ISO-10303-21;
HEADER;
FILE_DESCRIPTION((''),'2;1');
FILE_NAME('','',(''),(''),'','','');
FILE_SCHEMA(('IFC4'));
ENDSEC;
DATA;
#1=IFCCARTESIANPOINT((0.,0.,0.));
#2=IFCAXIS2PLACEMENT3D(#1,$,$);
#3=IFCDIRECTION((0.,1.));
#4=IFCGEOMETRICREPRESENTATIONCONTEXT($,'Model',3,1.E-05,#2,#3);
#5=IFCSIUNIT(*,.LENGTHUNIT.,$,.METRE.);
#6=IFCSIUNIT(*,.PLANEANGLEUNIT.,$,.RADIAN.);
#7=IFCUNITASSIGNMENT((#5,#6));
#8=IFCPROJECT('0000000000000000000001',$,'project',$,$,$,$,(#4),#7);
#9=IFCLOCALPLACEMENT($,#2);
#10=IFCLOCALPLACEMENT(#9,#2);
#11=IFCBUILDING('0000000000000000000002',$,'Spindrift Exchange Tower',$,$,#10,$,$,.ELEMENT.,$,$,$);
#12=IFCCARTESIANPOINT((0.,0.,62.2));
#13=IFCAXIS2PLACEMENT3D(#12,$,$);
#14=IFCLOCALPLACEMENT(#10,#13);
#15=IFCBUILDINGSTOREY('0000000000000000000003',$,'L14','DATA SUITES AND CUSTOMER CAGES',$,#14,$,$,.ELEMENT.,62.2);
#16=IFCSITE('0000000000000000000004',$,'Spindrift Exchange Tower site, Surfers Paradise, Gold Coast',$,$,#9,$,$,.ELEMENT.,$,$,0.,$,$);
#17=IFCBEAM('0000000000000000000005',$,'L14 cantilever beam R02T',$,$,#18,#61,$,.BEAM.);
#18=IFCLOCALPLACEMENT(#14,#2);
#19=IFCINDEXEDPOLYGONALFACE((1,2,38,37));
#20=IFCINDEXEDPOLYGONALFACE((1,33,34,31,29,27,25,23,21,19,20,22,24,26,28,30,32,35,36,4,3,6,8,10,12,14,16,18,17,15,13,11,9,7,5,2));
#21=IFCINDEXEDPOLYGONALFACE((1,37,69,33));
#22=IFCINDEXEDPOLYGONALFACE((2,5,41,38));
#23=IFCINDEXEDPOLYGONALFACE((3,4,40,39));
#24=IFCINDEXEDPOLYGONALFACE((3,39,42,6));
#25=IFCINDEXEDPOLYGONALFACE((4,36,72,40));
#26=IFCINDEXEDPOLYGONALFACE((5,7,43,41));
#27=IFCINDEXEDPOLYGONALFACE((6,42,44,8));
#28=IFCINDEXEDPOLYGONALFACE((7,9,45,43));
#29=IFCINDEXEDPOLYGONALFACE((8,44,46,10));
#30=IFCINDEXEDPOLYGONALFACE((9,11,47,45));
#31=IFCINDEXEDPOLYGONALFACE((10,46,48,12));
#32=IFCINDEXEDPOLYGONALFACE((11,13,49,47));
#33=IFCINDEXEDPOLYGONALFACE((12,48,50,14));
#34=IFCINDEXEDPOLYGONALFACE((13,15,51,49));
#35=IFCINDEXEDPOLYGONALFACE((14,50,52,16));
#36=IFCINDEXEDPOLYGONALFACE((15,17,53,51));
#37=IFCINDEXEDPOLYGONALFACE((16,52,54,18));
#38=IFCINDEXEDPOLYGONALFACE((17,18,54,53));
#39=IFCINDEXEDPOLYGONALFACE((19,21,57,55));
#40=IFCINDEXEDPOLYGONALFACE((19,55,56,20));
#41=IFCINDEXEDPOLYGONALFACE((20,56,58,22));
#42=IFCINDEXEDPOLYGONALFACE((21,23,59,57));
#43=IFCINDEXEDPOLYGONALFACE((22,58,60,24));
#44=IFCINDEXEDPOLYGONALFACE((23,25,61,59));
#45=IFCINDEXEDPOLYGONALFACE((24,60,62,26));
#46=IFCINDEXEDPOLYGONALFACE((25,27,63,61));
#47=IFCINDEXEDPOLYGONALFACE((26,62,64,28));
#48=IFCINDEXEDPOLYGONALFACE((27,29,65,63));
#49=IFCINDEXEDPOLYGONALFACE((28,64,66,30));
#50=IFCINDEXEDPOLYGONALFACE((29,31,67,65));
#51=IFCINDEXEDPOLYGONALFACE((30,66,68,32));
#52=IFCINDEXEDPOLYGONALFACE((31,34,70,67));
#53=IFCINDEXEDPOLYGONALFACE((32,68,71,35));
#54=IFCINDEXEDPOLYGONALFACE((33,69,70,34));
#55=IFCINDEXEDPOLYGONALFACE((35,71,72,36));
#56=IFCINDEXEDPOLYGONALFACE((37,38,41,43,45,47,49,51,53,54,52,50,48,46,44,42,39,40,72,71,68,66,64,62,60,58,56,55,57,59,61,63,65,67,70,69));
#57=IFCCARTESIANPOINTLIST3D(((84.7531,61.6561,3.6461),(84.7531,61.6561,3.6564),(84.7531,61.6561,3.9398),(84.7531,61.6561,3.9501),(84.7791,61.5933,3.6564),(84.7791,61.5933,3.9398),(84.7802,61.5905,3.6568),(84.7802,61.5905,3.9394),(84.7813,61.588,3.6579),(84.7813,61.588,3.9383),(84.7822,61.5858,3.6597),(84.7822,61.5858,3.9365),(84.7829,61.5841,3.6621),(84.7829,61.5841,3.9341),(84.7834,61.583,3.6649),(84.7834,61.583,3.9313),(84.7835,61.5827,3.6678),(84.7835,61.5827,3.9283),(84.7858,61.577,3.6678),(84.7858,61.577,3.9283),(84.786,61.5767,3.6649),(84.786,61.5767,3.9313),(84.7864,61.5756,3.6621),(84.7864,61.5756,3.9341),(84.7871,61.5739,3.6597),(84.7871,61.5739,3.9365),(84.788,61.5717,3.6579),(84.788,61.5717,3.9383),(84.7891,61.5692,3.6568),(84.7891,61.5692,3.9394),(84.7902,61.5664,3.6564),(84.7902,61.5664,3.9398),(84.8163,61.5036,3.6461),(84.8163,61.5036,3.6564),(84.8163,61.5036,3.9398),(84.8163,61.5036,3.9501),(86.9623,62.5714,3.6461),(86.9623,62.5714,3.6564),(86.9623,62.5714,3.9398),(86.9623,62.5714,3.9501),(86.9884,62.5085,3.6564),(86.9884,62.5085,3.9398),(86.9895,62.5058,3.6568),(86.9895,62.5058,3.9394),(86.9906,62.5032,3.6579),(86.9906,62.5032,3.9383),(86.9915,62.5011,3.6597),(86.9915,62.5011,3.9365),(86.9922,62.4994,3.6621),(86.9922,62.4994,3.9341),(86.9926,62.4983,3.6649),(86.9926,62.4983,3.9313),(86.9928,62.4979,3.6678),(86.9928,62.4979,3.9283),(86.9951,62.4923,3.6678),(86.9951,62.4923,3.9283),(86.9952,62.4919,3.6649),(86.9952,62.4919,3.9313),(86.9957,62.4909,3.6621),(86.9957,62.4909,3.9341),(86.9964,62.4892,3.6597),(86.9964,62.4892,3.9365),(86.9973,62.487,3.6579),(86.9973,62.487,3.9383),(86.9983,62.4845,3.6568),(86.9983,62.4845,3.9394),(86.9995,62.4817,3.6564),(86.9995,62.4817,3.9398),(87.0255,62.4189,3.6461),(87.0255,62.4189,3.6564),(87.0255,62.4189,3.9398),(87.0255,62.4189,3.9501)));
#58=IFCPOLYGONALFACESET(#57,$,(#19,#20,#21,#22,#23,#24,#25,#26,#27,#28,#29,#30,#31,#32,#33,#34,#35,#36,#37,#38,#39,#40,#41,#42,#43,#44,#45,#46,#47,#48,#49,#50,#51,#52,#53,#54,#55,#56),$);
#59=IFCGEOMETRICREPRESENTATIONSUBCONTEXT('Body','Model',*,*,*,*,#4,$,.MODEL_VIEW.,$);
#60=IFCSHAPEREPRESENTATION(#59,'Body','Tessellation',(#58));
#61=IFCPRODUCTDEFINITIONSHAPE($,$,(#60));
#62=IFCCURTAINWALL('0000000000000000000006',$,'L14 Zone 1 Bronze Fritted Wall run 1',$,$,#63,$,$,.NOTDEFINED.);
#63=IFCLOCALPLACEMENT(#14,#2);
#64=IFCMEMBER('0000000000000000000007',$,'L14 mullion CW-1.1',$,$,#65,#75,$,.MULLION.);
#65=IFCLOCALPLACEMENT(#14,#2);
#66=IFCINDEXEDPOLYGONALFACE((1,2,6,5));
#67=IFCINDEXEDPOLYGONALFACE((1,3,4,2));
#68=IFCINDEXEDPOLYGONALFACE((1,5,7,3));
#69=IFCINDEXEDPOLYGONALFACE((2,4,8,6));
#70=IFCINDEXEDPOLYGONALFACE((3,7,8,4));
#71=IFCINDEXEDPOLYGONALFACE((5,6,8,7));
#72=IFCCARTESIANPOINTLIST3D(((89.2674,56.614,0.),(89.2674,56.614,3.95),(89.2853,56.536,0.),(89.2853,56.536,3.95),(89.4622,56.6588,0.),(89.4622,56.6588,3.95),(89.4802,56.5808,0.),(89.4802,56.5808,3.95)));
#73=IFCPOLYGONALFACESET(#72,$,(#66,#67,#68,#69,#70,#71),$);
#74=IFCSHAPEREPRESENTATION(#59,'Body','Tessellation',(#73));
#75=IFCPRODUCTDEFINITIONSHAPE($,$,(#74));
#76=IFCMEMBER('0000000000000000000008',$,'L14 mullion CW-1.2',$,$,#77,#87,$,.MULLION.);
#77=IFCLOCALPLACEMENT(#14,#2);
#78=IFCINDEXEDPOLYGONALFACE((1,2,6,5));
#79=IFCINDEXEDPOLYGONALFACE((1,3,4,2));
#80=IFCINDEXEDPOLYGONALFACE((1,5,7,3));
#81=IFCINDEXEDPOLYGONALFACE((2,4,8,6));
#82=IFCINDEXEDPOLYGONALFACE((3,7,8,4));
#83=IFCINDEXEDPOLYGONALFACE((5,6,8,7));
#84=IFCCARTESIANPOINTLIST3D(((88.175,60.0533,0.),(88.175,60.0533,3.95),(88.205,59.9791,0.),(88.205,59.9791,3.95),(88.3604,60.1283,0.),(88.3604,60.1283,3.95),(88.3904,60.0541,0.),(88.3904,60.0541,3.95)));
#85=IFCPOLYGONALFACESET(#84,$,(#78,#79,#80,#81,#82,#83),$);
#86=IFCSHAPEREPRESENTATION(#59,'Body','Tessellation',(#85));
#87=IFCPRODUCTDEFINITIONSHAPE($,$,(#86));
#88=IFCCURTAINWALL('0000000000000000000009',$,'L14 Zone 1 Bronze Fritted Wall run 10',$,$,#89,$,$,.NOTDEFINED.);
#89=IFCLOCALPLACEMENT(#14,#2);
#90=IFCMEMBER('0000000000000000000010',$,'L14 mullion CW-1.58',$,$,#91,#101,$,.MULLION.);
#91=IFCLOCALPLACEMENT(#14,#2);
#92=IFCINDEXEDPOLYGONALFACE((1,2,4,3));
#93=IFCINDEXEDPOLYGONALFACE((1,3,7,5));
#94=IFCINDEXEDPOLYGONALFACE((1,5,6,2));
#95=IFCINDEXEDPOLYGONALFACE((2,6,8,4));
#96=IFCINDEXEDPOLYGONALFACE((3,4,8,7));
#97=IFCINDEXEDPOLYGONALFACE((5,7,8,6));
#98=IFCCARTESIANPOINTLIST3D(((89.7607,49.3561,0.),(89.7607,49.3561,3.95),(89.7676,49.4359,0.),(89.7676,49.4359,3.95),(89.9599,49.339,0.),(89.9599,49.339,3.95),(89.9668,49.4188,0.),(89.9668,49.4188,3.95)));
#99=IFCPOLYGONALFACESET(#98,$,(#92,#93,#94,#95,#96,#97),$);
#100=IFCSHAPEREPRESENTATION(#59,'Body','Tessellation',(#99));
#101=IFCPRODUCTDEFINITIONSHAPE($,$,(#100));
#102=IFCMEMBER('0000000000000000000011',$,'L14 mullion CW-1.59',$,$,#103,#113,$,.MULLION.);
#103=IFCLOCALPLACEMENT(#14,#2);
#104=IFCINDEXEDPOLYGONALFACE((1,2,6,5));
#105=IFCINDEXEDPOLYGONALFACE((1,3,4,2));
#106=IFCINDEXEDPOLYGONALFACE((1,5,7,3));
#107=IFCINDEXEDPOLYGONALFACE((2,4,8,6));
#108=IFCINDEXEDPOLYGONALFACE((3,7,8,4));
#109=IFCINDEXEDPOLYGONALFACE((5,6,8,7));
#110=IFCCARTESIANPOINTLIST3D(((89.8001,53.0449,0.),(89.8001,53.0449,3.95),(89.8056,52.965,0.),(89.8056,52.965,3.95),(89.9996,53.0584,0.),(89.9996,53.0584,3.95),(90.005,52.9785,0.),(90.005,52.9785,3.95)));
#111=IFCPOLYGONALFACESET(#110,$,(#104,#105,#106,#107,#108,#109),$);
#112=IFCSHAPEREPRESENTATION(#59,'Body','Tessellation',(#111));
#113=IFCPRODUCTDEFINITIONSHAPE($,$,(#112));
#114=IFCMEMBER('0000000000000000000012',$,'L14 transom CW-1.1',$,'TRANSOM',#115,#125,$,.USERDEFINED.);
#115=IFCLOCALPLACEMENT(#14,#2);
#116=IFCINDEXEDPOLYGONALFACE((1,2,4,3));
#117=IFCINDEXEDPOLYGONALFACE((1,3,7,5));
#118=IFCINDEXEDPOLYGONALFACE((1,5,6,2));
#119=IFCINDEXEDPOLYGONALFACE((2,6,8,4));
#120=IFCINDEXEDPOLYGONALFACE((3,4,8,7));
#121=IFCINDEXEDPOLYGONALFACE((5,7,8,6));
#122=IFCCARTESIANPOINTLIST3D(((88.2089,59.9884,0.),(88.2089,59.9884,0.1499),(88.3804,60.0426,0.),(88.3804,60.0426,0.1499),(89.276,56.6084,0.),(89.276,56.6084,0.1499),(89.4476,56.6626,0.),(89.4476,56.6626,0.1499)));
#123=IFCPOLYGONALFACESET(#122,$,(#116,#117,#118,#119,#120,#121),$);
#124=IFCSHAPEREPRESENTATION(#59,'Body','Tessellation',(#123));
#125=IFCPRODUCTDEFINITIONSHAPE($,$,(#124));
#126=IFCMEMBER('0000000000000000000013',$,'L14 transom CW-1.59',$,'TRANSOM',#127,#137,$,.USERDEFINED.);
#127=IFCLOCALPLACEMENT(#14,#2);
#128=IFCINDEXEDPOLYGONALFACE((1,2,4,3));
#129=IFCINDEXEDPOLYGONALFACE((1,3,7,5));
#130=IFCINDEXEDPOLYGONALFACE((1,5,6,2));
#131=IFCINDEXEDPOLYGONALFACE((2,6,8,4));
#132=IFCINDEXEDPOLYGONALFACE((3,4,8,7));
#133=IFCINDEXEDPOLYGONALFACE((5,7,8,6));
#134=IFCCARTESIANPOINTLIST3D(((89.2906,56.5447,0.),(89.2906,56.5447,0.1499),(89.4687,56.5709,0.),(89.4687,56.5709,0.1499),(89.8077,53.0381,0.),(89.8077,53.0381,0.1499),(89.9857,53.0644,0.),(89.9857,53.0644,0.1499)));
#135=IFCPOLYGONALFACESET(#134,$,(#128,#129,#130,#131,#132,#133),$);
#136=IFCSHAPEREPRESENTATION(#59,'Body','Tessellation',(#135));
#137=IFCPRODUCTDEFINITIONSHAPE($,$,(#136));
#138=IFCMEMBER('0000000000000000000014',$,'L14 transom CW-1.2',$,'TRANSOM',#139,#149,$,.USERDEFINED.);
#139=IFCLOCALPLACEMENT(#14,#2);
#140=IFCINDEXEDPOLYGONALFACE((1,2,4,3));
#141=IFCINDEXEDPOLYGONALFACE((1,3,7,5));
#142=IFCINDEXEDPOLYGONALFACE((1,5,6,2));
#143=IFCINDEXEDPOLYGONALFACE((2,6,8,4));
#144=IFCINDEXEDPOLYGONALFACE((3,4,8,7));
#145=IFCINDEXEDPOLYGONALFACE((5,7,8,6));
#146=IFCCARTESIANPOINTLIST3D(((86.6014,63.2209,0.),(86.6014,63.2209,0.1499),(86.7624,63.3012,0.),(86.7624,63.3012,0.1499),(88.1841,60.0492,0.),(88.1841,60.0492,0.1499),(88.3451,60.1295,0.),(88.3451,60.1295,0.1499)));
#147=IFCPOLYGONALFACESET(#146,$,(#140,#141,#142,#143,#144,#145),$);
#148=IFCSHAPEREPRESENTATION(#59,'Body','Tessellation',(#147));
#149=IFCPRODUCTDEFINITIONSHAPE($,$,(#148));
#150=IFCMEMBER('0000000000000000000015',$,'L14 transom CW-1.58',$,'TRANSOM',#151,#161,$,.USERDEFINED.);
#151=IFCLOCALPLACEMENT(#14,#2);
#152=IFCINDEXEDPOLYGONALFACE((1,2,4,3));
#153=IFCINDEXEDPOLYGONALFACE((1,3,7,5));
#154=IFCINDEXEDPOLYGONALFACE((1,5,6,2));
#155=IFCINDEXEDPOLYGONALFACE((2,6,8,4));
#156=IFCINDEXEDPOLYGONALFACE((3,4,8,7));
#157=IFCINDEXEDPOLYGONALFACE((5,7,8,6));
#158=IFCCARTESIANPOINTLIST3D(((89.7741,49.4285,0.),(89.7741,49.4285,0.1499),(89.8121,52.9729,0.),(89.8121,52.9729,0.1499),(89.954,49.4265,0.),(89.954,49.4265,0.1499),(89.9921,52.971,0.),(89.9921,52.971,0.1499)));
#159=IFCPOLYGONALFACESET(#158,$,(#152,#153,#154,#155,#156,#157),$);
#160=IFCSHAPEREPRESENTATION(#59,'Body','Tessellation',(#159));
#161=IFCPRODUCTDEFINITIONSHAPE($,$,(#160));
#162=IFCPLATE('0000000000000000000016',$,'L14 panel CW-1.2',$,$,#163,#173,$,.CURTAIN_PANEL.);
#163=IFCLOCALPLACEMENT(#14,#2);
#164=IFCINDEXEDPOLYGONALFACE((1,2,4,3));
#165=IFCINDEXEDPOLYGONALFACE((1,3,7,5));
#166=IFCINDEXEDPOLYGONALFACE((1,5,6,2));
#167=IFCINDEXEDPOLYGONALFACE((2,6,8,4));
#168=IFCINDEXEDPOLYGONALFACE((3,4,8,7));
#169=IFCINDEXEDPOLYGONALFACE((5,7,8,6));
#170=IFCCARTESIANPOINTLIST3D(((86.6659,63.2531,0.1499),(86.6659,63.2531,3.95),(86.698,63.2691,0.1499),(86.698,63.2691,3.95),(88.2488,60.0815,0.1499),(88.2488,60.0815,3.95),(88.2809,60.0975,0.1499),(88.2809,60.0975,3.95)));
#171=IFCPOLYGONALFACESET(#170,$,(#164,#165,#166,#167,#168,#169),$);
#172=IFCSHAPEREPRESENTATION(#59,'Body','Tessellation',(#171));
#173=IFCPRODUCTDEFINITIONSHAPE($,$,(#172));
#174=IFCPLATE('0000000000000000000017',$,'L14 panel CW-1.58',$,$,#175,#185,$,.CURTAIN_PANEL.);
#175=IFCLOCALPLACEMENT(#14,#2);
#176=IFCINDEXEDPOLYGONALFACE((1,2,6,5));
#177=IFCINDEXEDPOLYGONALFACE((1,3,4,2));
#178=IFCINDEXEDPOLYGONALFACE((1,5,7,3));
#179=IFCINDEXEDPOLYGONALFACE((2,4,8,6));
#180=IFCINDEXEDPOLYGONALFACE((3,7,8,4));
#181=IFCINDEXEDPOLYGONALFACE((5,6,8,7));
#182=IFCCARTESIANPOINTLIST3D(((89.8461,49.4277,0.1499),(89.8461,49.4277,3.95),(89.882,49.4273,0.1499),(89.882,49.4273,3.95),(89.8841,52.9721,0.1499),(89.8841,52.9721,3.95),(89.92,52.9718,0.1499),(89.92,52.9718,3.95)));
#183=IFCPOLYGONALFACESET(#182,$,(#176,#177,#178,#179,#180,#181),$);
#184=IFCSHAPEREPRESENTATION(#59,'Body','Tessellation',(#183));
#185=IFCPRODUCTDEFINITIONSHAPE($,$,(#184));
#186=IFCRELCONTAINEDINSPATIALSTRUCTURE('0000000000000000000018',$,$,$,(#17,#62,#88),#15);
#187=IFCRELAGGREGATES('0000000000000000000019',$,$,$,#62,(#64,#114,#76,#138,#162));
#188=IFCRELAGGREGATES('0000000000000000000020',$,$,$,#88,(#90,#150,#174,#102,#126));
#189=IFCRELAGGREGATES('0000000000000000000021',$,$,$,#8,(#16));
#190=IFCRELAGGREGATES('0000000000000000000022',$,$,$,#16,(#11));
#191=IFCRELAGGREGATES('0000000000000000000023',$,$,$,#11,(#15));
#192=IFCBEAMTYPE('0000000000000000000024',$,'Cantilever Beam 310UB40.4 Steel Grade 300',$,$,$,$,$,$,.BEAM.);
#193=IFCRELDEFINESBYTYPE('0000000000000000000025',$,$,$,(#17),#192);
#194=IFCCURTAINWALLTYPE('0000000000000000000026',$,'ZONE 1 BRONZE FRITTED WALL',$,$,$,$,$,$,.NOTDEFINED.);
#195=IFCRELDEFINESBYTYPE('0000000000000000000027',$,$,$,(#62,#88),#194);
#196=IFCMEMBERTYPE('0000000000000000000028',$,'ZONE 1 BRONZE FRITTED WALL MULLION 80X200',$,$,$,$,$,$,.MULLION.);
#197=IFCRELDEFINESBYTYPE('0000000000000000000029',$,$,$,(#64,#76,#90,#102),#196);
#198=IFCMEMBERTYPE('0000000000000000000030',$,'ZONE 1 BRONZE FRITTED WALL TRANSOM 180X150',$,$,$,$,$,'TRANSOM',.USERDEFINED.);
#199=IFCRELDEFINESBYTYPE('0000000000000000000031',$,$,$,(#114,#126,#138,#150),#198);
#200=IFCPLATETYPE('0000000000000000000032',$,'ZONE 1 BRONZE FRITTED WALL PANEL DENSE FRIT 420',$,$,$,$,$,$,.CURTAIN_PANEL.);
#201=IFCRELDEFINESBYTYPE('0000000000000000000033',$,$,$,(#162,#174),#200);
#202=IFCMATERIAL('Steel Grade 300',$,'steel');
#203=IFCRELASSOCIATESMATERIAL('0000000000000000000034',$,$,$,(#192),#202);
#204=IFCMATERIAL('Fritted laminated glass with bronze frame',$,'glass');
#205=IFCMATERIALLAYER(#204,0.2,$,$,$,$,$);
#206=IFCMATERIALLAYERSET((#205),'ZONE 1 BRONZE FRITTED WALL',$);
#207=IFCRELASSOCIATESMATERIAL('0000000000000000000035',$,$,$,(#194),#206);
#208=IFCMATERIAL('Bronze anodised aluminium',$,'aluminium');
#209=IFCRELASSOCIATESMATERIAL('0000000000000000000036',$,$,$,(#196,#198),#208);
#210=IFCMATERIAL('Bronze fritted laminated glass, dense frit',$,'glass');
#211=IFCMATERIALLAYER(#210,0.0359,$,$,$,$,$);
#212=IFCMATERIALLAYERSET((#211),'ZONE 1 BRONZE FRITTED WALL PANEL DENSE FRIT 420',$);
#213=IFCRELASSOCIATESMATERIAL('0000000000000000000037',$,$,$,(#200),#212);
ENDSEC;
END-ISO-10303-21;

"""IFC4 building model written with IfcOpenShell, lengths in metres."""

from ifc_helpers import new_model, si_unit, direction, frame, origin, origin_2d, place, context, subcontext, project, spatial, rectangle, i_section, extrude, source, transform, mapped, material, layer, layer_set, material_profile, profile_set, type_object, element, aggregate, save


model = new_model("IFC4")

# Units and contexts
model_context = context("Model", 3, precision=1e-05, world=origin(), true_north=direction((0.0, 1.0)))
body_context = subcontext(model_context, "Body", "Model", "MODEL_VIEW")
ifc_project = project(units=[si_unit("LENGTHUNIT", "METRE"), si_unit("PLANEANGLEUNIT", "RADIAN")], contexts=[model_context])

# Site, building, storey
site_placement = place(None, origin())
site = spatial("IfcSite", under=ifc_project, at=site_placement, Name="Spindrift Exchange Tower site, Surfers Paradise, Gold Coast", CompositionType="ELEMENT", RefElevation=0.0)
building_placement = place(site_placement, origin())
building = spatial("IfcBuilding", under=site, at=building_placement, Name="Spindrift Exchange Tower", CompositionType="ELEMENT")
storey_placement = place(building_placement, frame((0.0, 0.0, 62.2)))
storey = spatial("IfcBuildingStorey", under=building, at=storey_placement, Name="L14", Description="DATA SUITES AND CUSTOMER CAGES", CompositionType="ELEMENT", Elevation=62.2)

# Beam
ifc_material_1 = material(Name="Steel Grade 300", Category="steel")
ifc_material_profile_1 = material_profile(ifc_material_1, i_section(OverallWidth=0.165, OverallDepth=0.304, WebThickness=0.0061, FlangeThickness=0.0103, FilletRadius=0.0115, at=origin_2d()), Name="310UB40.4")
ifc_profile_set_1 = profile_set([ifc_material_profile_1], Name="Steel Grade 300")
beam_type_1 = type_object("IfcBeamType", Name="Cantilever Beam 310UB40.4 Steel Grade 300", PredefinedType="BEAM", material=ifc_profile_set_1)
shared_shape_1 = source(origin(), body_context, "Body", "SweptSolid", [
    extrude(i_section(OverallWidth=0.165, OverallDepth=0.304, WebThickness=0.0061, FlangeThickness=0.0103, FilletRadius=0.0115, at=origin_2d()), origin(), (0.0, 0.0, 1.0), 2.3914),
])
beam_1_placement = place(storey_placement, frame((84.7847, 61.5798, 3.7981), z_axis=(0.923851, 0.382752, 0.0), x_axis=(-0.382752, 0.923851, 0.0)))
element("IfcBeam", 1, at=beam_1_placement, inside=storey, type_object=beam_type_1, Name="L14 cantilever beam R02T", PredefinedType="BEAM", context=body_context, shape_type="MappedRepresentation", body=[
    mapped(shared_shape_1, transform((0.0, 0.0, 0.0), scale=1.0)),
])

# Curtain walls, members
ifc_material_2 = material(Name="Fritted laminated glass with bronze frame", Category="glass")
ifc_layer_1 = layer(ifc_material_2, 0.2)
ifc_layer_set_1 = layer_set([ifc_layer_1], Name="ZONE 1 BRONZE FRITTED WALL")
curtain_wall_type = type_object("IfcCurtainWallType", Name="ZONE 1 BRONZE FRITTED WALL", PredefinedType="NOTDEFINED", material=ifc_layer_set_1)
curtain_wall_1_placement = place(storey_placement, origin())
curtain_wall_1 = element("IfcCurtainWall", 2, at=curtain_wall_1_placement, inside=storey, type_object=curtain_wall_type, Name="L14 Zone 1 Bronze Fritted Wall run 1", PredefinedType="NOTDEFINED")
ifc_material_3 = material(Name="Bronze anodised aluminium", Category="aluminium")
ifc_material_profile_2 = material_profile(ifc_material_3, rectangle(XDim=0.0801, YDim=0.2, at=origin_2d()), Name="ZONE 1 BRONZE FRITTED WALL MULLION 80X200")
ifc_profile_set_2 = profile_set([ifc_material_profile_2], Name="Bronze anodised aluminium")
member_type_1 = type_object("IfcMemberType", Name="ZONE 1 BRONZE FRITTED WALL MULLION 80X200", PredefinedType="MULLION", material=ifc_profile_set_2)
shared_shape_2 = source(origin(), body_context, "Body", "SweptSolid", [
    extrude(rectangle(XDim=0.0801, YDim=0.2, at=origin_2d()), origin(), (0.0, 0.0, 1.0), 3.95),
])
member_1_placement = place(storey_placement, frame((89.3738, 56.5974, 0.0), z_axis=(0.0, 0.0, 1.0), x_axis=(-0.224185, 0.974547, 0.0)))
member_1 = element("IfcMember", 3, at=member_1_placement, type_object=member_type_1, Name="L14 mullion CW-1.1", PredefinedType="MULLION", context=body_context, shape_type="MappedRepresentation", body=[
    mapped(shared_shape_2, transform((0.0, 0.0, 0.0), scale=1.0)),
])
member_2_placement = place(storey_placement, frame((88.2827, 60.0537, 0.0), z_axis=(0.0, 0.0, 1.0), x_axis=(-0.374986, 0.92703, 0.0)))
member_2 = element("IfcMember", 4, at=member_2_placement, type_object=member_type_1, Name="L14 mullion CW-1.2", PredefinedType="MULLION", context=body_context, shape_type="MappedRepresentation", body=[
    mapped(shared_shape_2, transform((0.0, 0.0, 0.0), scale=1.0)),
])
curtain_wall_2_placement = place(storey_placement, origin())
curtain_wall_2 = element("IfcCurtainWall", 5, at=curtain_wall_2_placement, inside=storey, type_object=curtain_wall_type, Name="L14 Zone 1 Bronze Fritted Wall run 10", PredefinedType="NOTDEFINED")
member_3_placement = place(storey_placement, frame((89.8638, 49.3875, 0.0), z_axis=(0.0, 0.0, 1.0), x_axis=(0.085814, 0.996311, 0.0)))
member_3 = element("IfcMember", 6, at=member_3_placement, type_object=member_type_1, Name="L14 mullion CW-1.58", PredefinedType="MULLION", context=body_context, shape_type="MappedRepresentation", body=[
    mapped(shared_shape_2, transform((0.0, 0.0, 0.0), scale=1.0)),
])
member_4_placement = place(storey_placement, frame((89.9026, 53.0117, 0.0), z_axis=(0.0, 0.0, 1.0), x_axis=(-0.06778, 0.9977, 0.0)))
member_4 = element("IfcMember", 7, at=member_4_placement, type_object=member_type_1, Name="L14 mullion CW-1.59", PredefinedType="MULLION", context=body_context, shape_type="MappedRepresentation", body=[
    mapped(shared_shape_2, transform((0.0, 0.0, 0.0), scale=1.0)),
])

# Members
ifc_material_profile_3 = material_profile(ifc_material_3, rectangle(XDim=0.1799, YDim=0.1499, at=origin_2d()), Name="ZONE 1 BRONZE FRITTED WALL TRANSOM 180X150")
ifc_profile_set_3 = profile_set([ifc_material_profile_3], Name="Bronze anodised aluminium")
member_type_2 = type_object("IfcMemberType", Name="ZONE 1 BRONZE FRITTED WALL TRANSOM 180X150", ElementType="TRANSOM", PredefinedType="USERDEFINED", material=ifc_profile_set_3)
shared_shape_3 = source(origin(), body_context, "Body", "SweptSolid", [
    extrude(rectangle(XDim=0.1799, YDim=0.1499, at=origin_2d()), origin(), (0.0, 0.0, 1.0), 3.5444),
])
member_5_placement = place(storey_placement, frame((89.3618, 56.6355, 0.075), z_axis=(-0.301082, 0.953598, 0.0), x_axis=(-0.953598, -0.301082, 0.0)))
member_5 = element("IfcMember", 8, at=member_5_placement, type_object=member_type_2, Name="L14 transom CW-1.1", ObjectType="TRANSOM", PredefinedType="USERDEFINED", context=body_context, shape_type="MappedRepresentation", body=[
    mapped(shared_shape_3, transform((0.0, 0.0, 0.0), scale=1.0)),
])
member_6_placement = place(storey_placement, frame((89.8967, 53.0513, 0.075), z_axis=(-0.145885, 0.989302, 0.0), x_axis=(-0.989302, -0.145885, 0.0)))
member_6 = element("IfcMember", 9, at=member_6_placement, type_object=member_type_2, Name="L14 transom CW-1.59", ObjectType="TRANSOM", PredefinedType="USERDEFINED", context=body_context, shape_type="MappedRepresentation", body=[
    mapped(shared_shape_3, transform((0.0, 0.0, 0.0), scale=1.0)),
])
shared_shape_4 = source(origin(), body_context, "Body", "SweptSolid", [
    extrude(rectangle(XDim=0.1799, YDim=0.1499, at=origin_2d()), origin(), (0.0, 0.0, 1.0), 3.5447),
])
member_7_placement = place(storey_placement, frame((88.2646, 60.0894, 0.075), z_axis=(-0.446525, 0.894771, 0.0), x_axis=(-0.894771, -0.446525, 0.0)))
member_7 = element("IfcMember", 10, at=member_7_placement, type_object=member_type_2, Name="L14 transom CW-1.2", ObjectType="TRANSOM", PredefinedType="USERDEFINED", context=body_context, shape_type="MappedRepresentation", body=[
    mapped(shared_shape_4, transform((0.0, 0.0, 0.0), scale=1.0)),
])
member_8_placement = place(storey_placement, frame((89.864, 49.4275, 0.075), z_axis=(0.010745, 0.999942, 0.0), x_axis=(-0.999942, 0.010745, 0.0)))
member_8 = element("IfcMember", 11, at=member_8_placement, type_object=member_type_2, Name="L14 transom CW-1.58", ObjectType="TRANSOM", PredefinedType="USERDEFINED", context=body_context, shape_type="MappedRepresentation", body=[
    mapped(shared_shape_4, transform((0.0, 0.0, 0.0), scale=1.0)),
])

# Plates
ifc_material_4 = material(Name="Bronze fritted laminated glass, dense frit", Category="glass")
ifc_layer_2 = layer(ifc_material_4, 0.0359)
ifc_layer_set_2 = layer_set([ifc_layer_2], Name="ZONE 1 BRONZE FRITTED WALL PANEL DENSE FRIT 420")
plate_type_1 = type_object("IfcPlateType", Name="ZONE 1 BRONZE FRITTED WALL PANEL DENSE FRIT 420", PredefinedType="CURTAIN_PANEL", material=ifc_layer_set_2)
shared_shape_5 = source(origin(), body_context, "Body", "SweptSolid", [
    extrude(rectangle(XDim=3.5447, YDim=0.0359, at=origin_2d()), origin(), (0.0, 0.0, 1.0), 3.8),
])
plate_1_placement = place(storey_placement, frame((87.4734, 61.6753, 0.1499), z_axis=(0.0, 0.0, 1.0), x_axis=(-0.446562, 0.894753, 0.0)))
plate_1 = element("IfcPlate", 12, at=plate_1_placement, type_object=plate_type_1, Name="L14 panel CW-1.2", PredefinedType="CURTAIN_PANEL", context=body_context, shape_type="MappedRepresentation", body=[
    mapped(shared_shape_5, transform((0.0, 0.0, 0.0), scale=1.0)),
])
plate_2_placement = place(storey_placement, frame((89.8831, 51.1997, 0.1499), z_axis=(0.0, 0.0, 1.0), x_axis=(0.010704, 0.999943, 0.0)))
plate_2 = element("IfcPlate", 13, at=plate_2_placement, type_object=plate_type_1, Name="L14 panel CW-1.58", PredefinedType="CURTAIN_PANEL", context=body_context, shape_type="MappedRepresentation", body=[
    mapped(shared_shape_5, transform((0.0, 0.0, 0.0), scale=1.0)),
])
aggregate(curtain_wall_1, [member_1, member_5, member_2, member_7, plate_1])
aggregate(curtain_wall_2, [member_3, member_8, plate_2, member_4, member_6])

save(model, "model.ifc")
